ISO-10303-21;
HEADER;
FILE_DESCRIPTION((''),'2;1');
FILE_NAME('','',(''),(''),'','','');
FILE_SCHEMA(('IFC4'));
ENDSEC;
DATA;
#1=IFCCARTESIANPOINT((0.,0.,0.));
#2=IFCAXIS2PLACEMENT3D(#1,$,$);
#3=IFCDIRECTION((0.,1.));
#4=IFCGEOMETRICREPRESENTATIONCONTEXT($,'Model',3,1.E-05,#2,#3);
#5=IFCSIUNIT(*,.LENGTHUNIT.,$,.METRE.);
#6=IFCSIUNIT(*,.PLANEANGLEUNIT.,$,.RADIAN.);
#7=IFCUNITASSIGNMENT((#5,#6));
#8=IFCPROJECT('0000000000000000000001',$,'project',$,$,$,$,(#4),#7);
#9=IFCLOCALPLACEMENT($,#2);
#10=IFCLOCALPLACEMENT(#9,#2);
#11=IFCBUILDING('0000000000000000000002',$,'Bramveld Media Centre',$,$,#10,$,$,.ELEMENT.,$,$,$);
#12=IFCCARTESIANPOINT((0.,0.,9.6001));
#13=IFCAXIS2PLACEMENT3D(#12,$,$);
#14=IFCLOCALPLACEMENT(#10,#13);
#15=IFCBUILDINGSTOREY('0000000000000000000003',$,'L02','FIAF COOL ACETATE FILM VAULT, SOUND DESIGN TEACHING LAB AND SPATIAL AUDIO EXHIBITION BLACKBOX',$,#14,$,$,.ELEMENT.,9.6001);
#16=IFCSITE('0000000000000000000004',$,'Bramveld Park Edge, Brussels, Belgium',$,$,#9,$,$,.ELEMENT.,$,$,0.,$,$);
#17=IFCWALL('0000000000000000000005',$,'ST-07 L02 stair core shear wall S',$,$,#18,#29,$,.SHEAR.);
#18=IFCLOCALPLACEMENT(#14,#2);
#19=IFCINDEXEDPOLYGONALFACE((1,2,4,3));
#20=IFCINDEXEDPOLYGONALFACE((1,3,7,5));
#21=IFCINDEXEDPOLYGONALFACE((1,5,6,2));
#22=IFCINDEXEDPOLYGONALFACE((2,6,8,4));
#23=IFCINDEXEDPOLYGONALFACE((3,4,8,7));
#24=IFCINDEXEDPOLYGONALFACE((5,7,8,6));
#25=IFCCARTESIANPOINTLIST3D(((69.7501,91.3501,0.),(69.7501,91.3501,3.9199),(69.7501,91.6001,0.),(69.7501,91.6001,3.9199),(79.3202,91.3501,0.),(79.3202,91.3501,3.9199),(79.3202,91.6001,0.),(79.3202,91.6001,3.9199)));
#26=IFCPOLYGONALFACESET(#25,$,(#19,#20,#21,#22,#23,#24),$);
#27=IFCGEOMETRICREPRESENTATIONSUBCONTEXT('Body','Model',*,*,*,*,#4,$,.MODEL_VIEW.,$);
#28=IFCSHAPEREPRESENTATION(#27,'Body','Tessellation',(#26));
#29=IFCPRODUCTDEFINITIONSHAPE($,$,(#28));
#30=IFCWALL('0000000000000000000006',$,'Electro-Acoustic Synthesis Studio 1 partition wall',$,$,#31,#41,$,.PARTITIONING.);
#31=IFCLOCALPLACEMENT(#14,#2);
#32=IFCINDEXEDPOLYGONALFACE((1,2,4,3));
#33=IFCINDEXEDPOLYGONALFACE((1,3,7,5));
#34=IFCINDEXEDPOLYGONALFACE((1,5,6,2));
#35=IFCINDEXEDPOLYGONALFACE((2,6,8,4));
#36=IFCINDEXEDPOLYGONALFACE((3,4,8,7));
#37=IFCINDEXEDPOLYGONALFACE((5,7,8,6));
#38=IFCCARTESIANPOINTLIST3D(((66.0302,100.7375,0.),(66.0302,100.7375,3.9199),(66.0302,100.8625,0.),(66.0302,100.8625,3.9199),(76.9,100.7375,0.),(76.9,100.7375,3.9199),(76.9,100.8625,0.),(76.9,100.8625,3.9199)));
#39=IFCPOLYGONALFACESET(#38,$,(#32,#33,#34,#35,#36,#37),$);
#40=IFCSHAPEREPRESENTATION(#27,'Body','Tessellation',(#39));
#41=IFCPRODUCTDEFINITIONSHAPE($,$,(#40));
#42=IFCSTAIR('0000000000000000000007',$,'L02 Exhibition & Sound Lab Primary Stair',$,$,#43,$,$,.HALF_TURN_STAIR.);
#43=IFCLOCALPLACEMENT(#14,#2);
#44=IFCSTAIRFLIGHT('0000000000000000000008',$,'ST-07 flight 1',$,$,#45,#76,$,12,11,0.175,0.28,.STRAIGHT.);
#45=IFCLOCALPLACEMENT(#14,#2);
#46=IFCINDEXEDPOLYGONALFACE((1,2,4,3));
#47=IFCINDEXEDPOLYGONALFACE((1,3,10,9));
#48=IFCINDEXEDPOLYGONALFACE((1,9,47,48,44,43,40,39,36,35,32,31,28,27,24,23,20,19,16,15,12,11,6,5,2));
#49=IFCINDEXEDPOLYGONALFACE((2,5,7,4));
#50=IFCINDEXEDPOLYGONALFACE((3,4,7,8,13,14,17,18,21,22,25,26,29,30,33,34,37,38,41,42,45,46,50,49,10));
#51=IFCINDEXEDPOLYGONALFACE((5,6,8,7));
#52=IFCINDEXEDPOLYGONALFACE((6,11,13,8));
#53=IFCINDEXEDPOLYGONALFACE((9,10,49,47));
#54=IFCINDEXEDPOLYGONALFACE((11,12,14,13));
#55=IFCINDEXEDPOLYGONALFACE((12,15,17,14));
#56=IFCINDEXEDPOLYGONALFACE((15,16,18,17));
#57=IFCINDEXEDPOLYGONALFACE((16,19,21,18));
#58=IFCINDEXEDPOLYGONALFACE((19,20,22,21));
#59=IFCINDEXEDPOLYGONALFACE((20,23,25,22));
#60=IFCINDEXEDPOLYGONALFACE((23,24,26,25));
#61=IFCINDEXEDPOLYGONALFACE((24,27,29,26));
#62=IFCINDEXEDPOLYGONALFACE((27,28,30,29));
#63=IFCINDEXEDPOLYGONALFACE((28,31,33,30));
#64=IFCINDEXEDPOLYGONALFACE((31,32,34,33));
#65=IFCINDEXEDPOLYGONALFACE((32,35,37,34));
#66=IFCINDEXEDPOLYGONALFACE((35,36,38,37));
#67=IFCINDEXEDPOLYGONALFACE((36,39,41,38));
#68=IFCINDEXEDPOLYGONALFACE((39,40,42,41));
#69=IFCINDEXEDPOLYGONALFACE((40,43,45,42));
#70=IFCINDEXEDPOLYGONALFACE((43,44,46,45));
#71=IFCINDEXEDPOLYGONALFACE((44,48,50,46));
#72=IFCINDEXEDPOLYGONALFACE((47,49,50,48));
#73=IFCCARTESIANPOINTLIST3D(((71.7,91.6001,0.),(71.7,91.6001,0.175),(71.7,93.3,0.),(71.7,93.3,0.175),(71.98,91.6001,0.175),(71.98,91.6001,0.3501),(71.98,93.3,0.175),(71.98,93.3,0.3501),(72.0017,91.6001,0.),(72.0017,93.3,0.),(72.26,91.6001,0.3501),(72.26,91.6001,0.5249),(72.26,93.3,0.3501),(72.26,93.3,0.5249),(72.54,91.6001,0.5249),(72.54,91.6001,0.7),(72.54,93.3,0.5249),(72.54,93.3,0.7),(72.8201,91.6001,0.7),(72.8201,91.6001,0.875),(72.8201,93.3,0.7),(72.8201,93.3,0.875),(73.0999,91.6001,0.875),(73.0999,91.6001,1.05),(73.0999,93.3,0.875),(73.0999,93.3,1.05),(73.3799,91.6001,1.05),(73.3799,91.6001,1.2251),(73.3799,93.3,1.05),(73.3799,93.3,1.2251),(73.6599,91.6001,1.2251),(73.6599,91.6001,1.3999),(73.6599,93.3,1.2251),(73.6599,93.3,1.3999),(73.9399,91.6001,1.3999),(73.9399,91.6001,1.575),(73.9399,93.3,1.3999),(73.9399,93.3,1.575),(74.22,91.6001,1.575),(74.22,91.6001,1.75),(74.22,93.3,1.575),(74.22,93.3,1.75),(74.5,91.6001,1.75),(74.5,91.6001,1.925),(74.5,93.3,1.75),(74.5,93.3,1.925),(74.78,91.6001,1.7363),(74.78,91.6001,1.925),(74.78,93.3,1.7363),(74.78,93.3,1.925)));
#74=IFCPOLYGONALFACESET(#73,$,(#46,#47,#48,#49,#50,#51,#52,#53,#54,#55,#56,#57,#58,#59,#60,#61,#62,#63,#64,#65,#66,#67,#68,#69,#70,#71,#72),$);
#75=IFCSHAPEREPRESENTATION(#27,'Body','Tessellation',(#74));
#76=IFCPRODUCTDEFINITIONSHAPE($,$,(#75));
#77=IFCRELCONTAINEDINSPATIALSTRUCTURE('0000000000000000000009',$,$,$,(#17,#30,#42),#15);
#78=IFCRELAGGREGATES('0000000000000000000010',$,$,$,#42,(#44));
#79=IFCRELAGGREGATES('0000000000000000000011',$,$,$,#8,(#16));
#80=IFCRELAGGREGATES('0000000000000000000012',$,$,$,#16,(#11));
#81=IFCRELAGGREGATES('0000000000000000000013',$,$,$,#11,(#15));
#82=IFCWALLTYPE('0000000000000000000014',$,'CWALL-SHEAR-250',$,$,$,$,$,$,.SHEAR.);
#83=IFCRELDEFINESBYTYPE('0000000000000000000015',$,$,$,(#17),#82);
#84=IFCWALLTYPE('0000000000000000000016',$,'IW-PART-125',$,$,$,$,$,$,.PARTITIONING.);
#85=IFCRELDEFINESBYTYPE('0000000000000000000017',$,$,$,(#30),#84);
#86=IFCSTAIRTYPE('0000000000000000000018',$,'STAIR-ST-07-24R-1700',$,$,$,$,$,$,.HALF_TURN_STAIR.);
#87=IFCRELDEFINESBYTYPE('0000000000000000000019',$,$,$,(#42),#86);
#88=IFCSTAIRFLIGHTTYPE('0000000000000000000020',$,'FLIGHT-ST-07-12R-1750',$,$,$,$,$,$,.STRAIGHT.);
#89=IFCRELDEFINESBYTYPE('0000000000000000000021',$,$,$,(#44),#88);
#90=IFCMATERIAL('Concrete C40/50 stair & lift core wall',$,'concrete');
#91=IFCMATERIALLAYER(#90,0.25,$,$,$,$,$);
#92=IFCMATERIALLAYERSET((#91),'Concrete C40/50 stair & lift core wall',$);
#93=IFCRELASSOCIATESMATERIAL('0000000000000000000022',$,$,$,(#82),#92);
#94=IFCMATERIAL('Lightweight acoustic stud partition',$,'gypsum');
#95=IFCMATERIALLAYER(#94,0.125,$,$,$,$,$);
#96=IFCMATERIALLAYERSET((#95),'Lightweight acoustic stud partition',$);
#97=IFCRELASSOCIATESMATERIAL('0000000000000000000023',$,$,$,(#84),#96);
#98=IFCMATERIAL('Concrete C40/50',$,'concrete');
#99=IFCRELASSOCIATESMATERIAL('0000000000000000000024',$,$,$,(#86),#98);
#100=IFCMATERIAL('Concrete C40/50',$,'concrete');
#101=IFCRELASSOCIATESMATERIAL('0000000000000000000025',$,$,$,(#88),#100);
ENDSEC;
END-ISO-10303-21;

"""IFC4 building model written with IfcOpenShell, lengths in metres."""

from ifc_helpers import new_model, si_unit, direction, frame, frame_2d, origin, place, context, subcontext, project, spatial, polyline, rectangle, outline, extrude, material, layer, layer_set, type_object, element, aggregate, save


model = new_model("IFC4")

# Units and contexts
model_context = context("Model", 3, precision=1e-05, world=origin(), true_north=direction((0.0, 1.0)))
body_context = subcontext(model_context, "Body", "Model", "MODEL_VIEW")
ifc_project = project(units=[si_unit("LENGTHUNIT", "METRE"), si_unit("PLANEANGLEUNIT", "RADIAN")], contexts=[model_context])

# Site, building, storey
site_placement = place(None, origin())
site = spatial("IfcSite", under=ifc_project, at=site_placement, Name="Bramveld Park Edge, Brussels, Belgium", CompositionType="ELEMENT", RefElevation=0.0)
building_placement = place(site_placement, origin())
building = spatial("IfcBuilding", under=site, at=building_placement, Name="Bramveld Media Centre", CompositionType="ELEMENT")
storey_placement = place(building_placement, frame((0.0, 0.0, 9.6001)))
storey = spatial("IfcBuildingStorey", under=building, at=storey_placement, Name="L02", Description="FIAF COOL ACETATE FILM VAULT, SOUND DESIGN TEACHING LAB AND SPATIAL AUDIO EXHIBITION BLACKBOX", CompositionType="ELEMENT", Elevation=9.6001)

# Wall
ifc_material_1 = material(Name="Concrete C40/50 stair & lift core wall", Category="concrete")
ifc_layer_1 = layer(ifc_material_1, 0.25)
ifc_layer_set_1 = layer_set([ifc_layer_1], Name="Concrete C40/50 stair & lift core wall")
wall_type_1 = type_object("IfcWallType", Name="CWALL-SHEAR-250", PredefinedType="SHEAR", material=ifc_layer_set_1)
wall_1_placement = place(storey_placement, frame((69.75, 91.4751, 0.0), z_axis=(0.0, 0.0, 1.0), x_axis=(1.0, 0.0, 0.0)))
element("IfcWall", 1, at=wall_1_placement, inside=storey, type_object=wall_type_1, Name="ST-07 L02 stair core shear wall S", PredefinedType="SHEAR", context=body_context, shape_type="SweptSolid", body=[
    extrude(rectangle(XDim=9.5701, YDim=0.25, at=frame_2d((4.7852, 0.0))), origin(), (0.0, 0.0, 1.0), 3.9199),
])

# Wall
ifc_material_2 = material(Name="Lightweight acoustic stud partition", Category="gypsum")
ifc_layer_2 = layer(ifc_material_2, 0.125)
ifc_layer_set_2 = layer_set([ifc_layer_2], Name="Lightweight acoustic stud partition")
wall_type_2 = type_object("IfcWallType", Name="IW-PART-125", PredefinedType="PARTITIONING", material=ifc_layer_set_2)
wall_2_placement = place(storey_placement, frame((66.03, 100.8, 0.0), z_axis=(0.0, 0.0, 1.0), x_axis=(1.0, 0.0, 0.0)))
element("IfcWall", 2, at=wall_2_placement, inside=storey, type_object=wall_type_2, Name="Electro-Acoustic Synthesis Studio 1 partition wall", PredefinedType="PARTITIONING", context=body_context, shape_type="SweptSolid", body=[
    extrude(rectangle(XDim=10.8699, YDim=0.125, at=frame_2d((5.4351, 0.0))), origin(), (0.0, 0.0, 1.0), 3.9199),
])

# Stair, stair flight
ifc_material_3 = material(Name="Concrete C40/50", Category="concrete")
stair_type = type_object("IfcStairType", Name="STAIR-ST-07-24R-1700", PredefinedType="HALF_TURN_STAIR", material=ifc_material_3)
stair_placement = place(storey_placement, origin())
stair = element("IfcStair", 3, at=stair_placement, inside=storey, type_object=stair_type, Name="L02 Exhibition & Sound Lab Primary Stair", PredefinedType="HALF_TURN_STAIR")
ifc_material_4 = material(Name="Concrete C40/50", Category="concrete")
stair_flight_type = type_object("IfcStairFlightType", Name="FLIGHT-ST-07-12R-1750", PredefinedType="STRAIGHT", material=ifc_material_4)
stair_flight_placement = place(storey_placement, frame((71.7, 92.45, 0.0), z_axis=(0.0, 0.0, 1.0), x_axis=(1.0, 0.0, 0.0)))
stair_flight = element("IfcStairFlight", 4, at=stair_flight_placement, type_object=stair_flight_type, Name="ST-07 flight 1", NumberOfRisers=12, NumberOfTreads=11, PredefinedType="STRAIGHT", RiserHeight=0.175, TreadLength=0.28, context=body_context, shape_type="SweptSolid", body=[
    extrude(outline(polyline([(0.0, 0.0), (0.0, 0.175), (0.28, 0.175), (0.28, 0.3501), (0.5601, 0.3501), (0.5601, 0.5249), (0.8401, 0.5249), (0.8401, 0.7), (1.1201, 0.7), (1.1201, 0.875), (1.3999, 0.875), (1.3999, 1.05), (1.6799, 1.05), (1.6799, 1.2251), (1.96, 1.2251), (1.96, 1.3999), (2.24, 1.3999), (2.24, 1.575), (2.52, 1.575), (2.52, 1.75), (2.8, 1.75), (2.8, 1.925), (3.0801, 1.925), (3.0801, 2.1001), (3.0801, 1.7363), (0.3018, 0.0), (0.0, 0.0)])), frame((0.0, 0.8501, 0.0), z_axis=(0.0, -1.0, 0.0), x_axis=(1.0, 0.0, 0.0)), (0.0, 0.0, 1.0), 1.7),
])
aggregate(stair, [stair_flight])

save(model, "model.ifc")
